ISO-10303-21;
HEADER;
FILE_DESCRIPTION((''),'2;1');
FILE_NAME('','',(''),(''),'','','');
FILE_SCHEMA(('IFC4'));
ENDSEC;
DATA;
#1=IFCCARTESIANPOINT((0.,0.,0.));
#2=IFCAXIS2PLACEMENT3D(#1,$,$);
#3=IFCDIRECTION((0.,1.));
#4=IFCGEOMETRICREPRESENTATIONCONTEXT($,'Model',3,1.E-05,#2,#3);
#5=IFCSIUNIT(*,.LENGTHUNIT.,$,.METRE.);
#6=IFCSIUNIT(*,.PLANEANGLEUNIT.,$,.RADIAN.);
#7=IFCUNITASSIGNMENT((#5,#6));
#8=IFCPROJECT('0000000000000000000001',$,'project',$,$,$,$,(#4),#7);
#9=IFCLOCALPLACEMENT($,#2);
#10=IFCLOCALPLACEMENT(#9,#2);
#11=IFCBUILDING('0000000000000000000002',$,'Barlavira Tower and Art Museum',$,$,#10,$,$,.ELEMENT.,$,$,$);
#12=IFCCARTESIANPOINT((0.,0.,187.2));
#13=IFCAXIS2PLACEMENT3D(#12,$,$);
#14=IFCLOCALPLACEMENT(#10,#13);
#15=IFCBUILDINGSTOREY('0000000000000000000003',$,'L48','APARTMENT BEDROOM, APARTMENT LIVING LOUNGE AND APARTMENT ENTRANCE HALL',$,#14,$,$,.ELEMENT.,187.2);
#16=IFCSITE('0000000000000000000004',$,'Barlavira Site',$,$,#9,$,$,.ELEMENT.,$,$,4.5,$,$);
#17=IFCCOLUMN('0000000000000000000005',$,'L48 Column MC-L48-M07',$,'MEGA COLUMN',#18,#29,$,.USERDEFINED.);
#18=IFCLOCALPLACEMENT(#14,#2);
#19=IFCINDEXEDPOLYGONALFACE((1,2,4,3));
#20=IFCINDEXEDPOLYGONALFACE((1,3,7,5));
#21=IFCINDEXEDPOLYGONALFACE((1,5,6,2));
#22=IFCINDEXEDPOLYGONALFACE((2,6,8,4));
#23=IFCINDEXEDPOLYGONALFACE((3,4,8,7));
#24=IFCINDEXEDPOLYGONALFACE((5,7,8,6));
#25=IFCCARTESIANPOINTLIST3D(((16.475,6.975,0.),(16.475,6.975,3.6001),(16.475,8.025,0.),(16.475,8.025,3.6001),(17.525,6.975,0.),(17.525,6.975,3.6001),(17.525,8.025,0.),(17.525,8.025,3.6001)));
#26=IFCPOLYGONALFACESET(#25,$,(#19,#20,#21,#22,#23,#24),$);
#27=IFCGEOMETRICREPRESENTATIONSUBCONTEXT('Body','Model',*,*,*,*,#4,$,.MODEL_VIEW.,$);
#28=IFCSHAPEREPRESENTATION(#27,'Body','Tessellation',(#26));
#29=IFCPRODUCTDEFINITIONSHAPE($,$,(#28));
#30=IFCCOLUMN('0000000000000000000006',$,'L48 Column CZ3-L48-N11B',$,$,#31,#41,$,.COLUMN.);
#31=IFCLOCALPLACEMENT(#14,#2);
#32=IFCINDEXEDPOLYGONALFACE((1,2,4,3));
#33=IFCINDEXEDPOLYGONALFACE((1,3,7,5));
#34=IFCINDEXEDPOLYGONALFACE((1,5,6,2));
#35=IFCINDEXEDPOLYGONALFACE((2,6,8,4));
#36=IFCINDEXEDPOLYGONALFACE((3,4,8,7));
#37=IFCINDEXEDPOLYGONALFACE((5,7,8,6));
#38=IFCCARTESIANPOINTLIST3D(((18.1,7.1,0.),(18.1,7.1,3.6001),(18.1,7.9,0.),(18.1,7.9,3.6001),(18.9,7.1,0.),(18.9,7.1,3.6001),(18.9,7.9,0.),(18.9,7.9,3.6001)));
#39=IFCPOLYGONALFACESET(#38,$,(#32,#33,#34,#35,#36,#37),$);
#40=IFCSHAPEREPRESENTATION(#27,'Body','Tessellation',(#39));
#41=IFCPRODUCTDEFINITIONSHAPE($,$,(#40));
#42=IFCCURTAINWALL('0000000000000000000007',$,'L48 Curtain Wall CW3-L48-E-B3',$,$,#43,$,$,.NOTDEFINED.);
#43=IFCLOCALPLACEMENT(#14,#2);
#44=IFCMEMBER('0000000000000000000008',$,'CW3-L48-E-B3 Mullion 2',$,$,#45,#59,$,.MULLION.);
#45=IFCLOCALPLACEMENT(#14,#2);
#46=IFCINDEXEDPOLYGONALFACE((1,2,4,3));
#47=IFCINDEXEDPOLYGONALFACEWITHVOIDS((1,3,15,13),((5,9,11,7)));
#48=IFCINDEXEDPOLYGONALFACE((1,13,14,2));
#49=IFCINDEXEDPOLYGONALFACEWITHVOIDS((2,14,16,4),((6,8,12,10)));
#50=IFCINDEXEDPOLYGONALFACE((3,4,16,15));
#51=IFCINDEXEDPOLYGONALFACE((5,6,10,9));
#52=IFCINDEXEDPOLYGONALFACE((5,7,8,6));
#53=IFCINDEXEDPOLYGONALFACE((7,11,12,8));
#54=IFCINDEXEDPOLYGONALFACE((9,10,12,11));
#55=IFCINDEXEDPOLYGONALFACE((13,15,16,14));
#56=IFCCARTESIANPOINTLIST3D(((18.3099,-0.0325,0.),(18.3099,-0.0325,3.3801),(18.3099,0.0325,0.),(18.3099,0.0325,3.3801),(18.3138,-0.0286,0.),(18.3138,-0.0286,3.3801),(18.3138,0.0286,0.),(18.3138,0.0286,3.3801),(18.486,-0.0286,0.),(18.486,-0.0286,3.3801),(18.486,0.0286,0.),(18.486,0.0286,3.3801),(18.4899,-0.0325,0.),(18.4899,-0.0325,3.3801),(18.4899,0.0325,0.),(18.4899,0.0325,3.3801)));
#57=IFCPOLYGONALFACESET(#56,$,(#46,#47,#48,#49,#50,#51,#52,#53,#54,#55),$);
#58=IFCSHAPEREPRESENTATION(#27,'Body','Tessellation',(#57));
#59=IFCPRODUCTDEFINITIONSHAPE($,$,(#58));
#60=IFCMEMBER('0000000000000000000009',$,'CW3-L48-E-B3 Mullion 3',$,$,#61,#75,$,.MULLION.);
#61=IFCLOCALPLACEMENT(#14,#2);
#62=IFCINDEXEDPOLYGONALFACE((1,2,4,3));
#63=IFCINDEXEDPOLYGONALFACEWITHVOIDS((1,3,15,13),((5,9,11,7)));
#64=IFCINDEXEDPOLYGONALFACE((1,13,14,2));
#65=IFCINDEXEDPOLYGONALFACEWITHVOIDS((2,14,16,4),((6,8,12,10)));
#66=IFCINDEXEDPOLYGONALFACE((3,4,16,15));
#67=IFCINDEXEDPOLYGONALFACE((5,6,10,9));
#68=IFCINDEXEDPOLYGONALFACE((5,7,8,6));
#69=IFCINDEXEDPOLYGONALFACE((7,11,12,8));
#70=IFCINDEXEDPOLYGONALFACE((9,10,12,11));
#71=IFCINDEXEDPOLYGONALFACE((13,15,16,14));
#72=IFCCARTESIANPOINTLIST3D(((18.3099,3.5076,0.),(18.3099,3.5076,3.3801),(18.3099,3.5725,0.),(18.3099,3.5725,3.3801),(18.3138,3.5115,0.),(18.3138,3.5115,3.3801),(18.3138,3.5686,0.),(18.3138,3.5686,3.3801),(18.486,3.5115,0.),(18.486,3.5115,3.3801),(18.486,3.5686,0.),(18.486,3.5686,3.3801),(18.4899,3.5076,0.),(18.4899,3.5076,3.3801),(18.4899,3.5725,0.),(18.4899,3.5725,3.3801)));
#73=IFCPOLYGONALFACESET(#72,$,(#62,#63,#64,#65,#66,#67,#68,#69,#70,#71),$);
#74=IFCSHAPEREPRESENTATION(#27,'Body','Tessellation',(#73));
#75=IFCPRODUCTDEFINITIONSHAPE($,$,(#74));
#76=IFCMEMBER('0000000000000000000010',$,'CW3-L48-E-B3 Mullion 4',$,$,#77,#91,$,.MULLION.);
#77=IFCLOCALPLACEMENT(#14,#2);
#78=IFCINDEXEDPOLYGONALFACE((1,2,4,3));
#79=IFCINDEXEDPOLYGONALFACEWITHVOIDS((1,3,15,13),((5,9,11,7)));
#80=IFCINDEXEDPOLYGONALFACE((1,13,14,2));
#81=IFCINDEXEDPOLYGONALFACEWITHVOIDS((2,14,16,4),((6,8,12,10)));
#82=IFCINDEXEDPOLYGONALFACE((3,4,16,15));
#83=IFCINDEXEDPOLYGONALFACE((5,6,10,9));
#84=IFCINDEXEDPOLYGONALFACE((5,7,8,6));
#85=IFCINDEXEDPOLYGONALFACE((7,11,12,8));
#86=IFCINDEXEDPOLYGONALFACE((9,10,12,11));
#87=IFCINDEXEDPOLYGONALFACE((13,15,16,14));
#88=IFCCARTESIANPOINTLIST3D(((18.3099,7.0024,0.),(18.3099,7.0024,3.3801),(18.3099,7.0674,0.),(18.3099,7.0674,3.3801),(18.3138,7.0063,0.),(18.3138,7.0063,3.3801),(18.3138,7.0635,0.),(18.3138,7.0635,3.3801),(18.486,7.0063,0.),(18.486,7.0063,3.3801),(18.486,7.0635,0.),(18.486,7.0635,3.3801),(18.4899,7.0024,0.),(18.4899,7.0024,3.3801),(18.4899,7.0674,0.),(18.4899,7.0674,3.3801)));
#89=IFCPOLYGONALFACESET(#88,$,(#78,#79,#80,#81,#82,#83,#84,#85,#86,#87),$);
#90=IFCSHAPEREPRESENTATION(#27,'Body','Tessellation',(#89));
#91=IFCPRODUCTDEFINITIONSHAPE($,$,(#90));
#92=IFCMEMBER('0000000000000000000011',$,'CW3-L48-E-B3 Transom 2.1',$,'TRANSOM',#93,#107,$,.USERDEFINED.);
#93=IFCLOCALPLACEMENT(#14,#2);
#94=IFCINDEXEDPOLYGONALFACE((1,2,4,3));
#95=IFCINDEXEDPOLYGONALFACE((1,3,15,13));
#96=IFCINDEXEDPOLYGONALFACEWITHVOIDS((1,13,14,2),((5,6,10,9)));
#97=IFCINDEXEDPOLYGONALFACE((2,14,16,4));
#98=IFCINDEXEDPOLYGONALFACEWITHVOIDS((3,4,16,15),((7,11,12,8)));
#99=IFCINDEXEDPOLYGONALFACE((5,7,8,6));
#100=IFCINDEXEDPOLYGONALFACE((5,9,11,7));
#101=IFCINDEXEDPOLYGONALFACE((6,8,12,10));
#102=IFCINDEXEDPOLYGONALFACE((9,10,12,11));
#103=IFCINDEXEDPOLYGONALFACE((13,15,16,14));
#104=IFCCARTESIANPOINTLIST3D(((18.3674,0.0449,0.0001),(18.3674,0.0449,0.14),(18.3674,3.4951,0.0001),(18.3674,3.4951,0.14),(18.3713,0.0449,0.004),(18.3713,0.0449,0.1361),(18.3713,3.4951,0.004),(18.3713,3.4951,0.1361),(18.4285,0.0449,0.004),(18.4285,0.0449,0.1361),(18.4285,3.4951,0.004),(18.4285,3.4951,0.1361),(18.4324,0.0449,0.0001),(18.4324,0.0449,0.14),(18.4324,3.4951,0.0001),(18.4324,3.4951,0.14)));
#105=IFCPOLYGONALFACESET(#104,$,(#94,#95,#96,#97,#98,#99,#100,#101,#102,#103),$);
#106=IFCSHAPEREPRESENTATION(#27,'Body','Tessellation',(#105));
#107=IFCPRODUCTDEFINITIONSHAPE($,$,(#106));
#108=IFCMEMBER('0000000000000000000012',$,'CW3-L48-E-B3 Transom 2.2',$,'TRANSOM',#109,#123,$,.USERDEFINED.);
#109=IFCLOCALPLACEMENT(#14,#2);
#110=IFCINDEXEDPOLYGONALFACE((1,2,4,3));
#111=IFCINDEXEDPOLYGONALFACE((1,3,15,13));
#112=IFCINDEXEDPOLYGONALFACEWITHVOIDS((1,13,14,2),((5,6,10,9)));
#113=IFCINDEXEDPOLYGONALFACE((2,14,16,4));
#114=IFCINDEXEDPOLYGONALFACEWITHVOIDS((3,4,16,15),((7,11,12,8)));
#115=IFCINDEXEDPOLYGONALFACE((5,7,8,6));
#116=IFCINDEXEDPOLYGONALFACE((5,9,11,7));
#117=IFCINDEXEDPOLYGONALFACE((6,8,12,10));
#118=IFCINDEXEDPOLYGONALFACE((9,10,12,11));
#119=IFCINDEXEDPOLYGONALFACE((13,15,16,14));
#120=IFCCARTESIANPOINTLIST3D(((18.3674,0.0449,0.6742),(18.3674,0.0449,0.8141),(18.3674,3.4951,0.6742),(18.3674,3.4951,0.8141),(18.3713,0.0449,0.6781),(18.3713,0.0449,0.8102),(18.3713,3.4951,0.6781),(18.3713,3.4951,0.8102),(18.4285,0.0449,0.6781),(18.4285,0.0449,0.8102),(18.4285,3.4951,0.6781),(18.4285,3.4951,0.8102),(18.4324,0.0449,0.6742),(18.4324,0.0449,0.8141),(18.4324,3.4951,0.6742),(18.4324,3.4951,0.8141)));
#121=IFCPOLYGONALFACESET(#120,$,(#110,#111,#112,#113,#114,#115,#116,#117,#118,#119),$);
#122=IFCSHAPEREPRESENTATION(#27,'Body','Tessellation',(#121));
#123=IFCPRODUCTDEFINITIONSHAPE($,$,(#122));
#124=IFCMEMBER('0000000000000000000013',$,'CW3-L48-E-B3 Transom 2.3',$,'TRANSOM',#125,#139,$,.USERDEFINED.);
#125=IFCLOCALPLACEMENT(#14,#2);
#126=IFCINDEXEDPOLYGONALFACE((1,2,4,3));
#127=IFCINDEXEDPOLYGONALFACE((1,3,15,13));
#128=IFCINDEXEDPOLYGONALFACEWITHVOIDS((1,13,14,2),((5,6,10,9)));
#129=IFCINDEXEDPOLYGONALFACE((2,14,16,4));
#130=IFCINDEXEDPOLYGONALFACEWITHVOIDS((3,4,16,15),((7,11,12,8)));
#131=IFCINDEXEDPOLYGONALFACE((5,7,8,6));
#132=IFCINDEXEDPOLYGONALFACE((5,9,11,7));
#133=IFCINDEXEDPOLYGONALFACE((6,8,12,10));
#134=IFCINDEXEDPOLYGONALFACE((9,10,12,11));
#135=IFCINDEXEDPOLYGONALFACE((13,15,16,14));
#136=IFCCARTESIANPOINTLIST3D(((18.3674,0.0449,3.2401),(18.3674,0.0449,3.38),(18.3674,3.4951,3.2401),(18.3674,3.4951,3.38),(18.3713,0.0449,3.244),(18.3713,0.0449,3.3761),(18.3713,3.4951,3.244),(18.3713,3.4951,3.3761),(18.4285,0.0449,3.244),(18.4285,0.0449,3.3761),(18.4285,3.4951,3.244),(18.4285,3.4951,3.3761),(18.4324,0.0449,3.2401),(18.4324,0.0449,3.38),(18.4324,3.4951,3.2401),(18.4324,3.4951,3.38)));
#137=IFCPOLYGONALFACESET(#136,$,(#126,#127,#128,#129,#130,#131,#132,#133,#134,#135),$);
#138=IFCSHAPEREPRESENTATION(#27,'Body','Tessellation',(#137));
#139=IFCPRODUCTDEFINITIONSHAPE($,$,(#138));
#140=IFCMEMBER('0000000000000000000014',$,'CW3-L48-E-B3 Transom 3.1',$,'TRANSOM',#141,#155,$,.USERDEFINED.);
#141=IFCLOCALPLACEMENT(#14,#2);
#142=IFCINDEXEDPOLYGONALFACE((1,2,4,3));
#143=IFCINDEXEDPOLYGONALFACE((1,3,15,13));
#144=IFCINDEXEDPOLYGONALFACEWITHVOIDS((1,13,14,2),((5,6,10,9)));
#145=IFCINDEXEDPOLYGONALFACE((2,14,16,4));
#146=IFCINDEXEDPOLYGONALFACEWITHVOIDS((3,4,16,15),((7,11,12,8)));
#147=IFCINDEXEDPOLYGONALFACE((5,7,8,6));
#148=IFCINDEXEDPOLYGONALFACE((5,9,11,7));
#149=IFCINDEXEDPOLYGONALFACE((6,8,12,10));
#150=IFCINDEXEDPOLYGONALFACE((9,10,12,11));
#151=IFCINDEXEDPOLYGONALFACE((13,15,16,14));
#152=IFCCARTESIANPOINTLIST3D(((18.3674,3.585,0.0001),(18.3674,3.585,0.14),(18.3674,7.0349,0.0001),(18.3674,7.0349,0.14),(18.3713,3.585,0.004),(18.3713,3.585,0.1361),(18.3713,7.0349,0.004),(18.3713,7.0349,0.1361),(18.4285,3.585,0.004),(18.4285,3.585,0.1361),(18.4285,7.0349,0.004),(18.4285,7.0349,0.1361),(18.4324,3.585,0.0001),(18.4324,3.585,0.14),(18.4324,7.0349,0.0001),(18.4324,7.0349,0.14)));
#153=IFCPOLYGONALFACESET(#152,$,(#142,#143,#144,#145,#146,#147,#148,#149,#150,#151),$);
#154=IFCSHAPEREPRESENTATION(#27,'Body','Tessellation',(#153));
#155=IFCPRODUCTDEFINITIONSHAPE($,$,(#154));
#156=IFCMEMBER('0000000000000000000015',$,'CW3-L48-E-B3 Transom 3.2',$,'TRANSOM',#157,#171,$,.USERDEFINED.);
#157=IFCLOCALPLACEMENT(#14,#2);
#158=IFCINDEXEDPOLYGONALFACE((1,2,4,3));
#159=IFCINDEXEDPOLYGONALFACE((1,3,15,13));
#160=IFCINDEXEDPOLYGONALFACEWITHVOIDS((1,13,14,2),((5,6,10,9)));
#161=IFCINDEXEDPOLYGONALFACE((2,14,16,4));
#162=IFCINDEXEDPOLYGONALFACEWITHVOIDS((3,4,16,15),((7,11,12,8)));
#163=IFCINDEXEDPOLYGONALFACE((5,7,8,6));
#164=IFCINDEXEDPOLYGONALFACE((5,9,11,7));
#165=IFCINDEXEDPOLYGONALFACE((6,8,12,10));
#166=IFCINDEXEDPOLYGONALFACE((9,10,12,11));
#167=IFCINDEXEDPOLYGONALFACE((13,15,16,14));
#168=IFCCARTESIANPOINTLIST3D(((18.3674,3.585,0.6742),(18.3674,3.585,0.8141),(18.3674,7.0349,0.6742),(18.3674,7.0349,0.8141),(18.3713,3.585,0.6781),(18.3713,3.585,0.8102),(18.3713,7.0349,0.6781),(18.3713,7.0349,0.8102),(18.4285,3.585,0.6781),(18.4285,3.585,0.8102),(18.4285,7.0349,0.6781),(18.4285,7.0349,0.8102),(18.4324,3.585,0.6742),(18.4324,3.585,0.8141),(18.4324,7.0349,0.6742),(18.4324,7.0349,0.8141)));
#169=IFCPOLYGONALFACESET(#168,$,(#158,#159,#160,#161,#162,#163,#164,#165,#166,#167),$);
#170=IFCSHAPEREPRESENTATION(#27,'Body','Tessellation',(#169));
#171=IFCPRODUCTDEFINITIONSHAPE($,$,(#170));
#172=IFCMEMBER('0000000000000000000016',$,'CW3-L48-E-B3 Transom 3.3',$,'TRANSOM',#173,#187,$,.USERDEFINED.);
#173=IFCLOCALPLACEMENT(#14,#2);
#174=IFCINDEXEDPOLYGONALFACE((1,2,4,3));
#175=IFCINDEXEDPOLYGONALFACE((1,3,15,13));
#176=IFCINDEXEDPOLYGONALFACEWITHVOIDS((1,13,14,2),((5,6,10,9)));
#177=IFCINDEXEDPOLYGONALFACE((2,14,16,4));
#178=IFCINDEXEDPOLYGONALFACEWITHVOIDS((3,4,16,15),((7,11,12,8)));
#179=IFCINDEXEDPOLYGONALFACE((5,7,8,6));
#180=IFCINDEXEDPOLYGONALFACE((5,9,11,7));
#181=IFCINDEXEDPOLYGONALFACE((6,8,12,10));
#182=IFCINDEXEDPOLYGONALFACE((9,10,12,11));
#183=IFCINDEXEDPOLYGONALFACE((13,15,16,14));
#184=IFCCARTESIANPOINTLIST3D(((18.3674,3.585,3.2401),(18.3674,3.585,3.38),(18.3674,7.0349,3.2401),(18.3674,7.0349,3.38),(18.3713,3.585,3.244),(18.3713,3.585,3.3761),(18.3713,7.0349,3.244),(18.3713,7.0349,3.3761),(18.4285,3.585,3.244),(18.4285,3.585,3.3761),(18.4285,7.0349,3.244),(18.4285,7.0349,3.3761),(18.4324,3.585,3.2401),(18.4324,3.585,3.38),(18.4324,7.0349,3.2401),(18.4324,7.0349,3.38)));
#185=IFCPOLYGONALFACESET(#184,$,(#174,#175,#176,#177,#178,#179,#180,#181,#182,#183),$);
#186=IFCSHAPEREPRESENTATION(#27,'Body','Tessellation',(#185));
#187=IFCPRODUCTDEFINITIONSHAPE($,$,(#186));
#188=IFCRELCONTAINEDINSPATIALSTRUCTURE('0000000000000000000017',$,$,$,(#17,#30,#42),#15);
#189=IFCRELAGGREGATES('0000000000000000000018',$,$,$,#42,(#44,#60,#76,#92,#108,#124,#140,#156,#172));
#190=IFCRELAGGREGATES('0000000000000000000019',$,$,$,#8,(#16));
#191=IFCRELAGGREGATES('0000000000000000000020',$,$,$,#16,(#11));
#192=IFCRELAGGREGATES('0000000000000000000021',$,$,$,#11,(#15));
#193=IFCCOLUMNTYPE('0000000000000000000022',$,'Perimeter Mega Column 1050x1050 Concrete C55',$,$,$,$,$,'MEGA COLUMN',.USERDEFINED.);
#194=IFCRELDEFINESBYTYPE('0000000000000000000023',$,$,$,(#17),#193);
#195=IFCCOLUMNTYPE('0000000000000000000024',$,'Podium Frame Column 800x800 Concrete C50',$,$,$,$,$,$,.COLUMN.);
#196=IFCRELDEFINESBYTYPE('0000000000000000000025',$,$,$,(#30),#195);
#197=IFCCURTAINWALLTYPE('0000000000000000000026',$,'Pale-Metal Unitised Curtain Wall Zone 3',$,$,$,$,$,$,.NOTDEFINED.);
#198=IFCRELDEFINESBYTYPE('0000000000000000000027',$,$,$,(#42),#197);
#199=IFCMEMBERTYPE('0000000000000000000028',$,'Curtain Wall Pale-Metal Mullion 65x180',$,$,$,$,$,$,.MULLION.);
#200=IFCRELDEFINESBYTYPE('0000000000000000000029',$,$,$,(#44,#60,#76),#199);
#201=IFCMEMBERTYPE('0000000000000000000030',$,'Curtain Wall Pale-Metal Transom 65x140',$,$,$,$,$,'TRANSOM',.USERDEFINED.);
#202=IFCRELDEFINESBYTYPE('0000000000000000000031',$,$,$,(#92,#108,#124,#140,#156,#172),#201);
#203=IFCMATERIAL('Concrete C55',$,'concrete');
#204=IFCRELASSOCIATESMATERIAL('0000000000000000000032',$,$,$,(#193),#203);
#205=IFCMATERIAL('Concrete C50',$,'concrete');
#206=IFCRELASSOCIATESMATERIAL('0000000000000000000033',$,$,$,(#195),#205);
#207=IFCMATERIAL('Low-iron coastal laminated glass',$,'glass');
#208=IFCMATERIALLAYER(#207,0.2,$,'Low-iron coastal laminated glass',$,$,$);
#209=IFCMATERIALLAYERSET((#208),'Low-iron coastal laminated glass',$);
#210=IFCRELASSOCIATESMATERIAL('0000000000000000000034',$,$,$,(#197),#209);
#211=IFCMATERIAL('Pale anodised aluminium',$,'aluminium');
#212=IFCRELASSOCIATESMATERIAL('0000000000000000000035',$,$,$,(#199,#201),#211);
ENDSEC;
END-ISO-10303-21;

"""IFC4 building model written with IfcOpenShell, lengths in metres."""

from ifc_helpers import new_model, si_unit, direction, frame, origin, origin_2d, place, context, subcontext, project, spatial, rectangle, hollow_rectangle, extrude, material, layer, layer_set, material_profile, profile_set, type_object, element, aggregate, save


model = new_model("IFC4")

# Units and contexts
model_context = context("Model", 3, precision=1e-05, world=origin(), true_north=direction((0.0, 1.0)))
body_context = subcontext(model_context, "Body", "Model", "MODEL_VIEW")
ifc_project = project(units=[si_unit("LENGTHUNIT", "METRE"), si_unit("PLANEANGLEUNIT", "RADIAN")], contexts=[model_context])

# Site, building, storey
site_placement = place(None, origin())
site = spatial("IfcSite", under=ifc_project, at=site_placement, Name="Barlavira Site", CompositionType="ELEMENT", RefElevation=4.5)
building_placement = place(site_placement, origin())
building = spatial("IfcBuilding", under=site, at=building_placement, Name="Barlavira Tower and Art Museum", CompositionType="ELEMENT")
storey_placement = place(building_placement, frame((0.0, 0.0, 187.2)))
storey = spatial("IfcBuildingStorey", under=building, at=storey_placement, Name="L48", Description="APARTMENT BEDROOM, APARTMENT LIVING LOUNGE AND APARTMENT ENTRANCE HALL", CompositionType="ELEMENT", Elevation=187.2)

# Columns
ifc_material_1 = material(Name="Concrete C55", Category="concrete")
ifc_material_profile_1 = material_profile(ifc_material_1, rectangle(XDim=1.05, YDim=1.05, at=origin_2d()), Name="RC-COL 1050x1050")
ifc_profile_set_1 = profile_set([ifc_material_profile_1], Name="Concrete C55")
column_type_1 = type_object("IfcColumnType", Name="Perimeter Mega Column 1050x1050 Concrete C55", ElementType="MEGA COLUMN", PredefinedType="USERDEFINED", material=ifc_profile_set_1)
column_1_placement = place(storey_placement, frame((17.0, 7.5, 0.0), z_axis=(0.0, 0.0, 1.0), x_axis=(1.0, 0.0, 0.0)))
element("IfcColumn", 1, at=column_1_placement, inside=storey, type_object=column_type_1, Name="L48 Column MC-L48-M07", ObjectType="MEGA COLUMN", PredefinedType="USERDEFINED", context=body_context, shape_type="SweptSolid", body=[
    extrude(rectangle(XDim=1.05, YDim=1.05, at=origin_2d()), origin(), (0.0, 0.0, 1.0), 3.6001),
])
ifc_material_2 = material(Name="Concrete C50", Category="concrete")
ifc_material_profile_2 = material_profile(ifc_material_2, rectangle(XDim=0.8, YDim=0.8, at=origin_2d()), Name="RC-COL 800x800")
ifc_profile_set_2 = profile_set([ifc_material_profile_2], Name="Concrete C50")
column_type_2 = type_object("IfcColumnType", Name="Podium Frame Column 800x800 Concrete C50", PredefinedType="COLUMN", material=ifc_profile_set_2)
column_2_placement = place(storey_placement, frame((18.5, 7.5, 0.0), z_axis=(0.0, 0.0, 1.0), x_axis=(1.0, 0.0, 0.0)))
element("IfcColumn", 2, at=column_2_placement, inside=storey, type_object=column_type_2, Name="L48 Column CZ3-L48-N11B", PredefinedType="COLUMN", context=body_context, shape_type="SweptSolid", body=[
    extrude(rectangle(XDim=0.8, YDim=0.8, at=origin_2d()), origin(), (0.0, 0.0, 1.0), 3.6001),
])

# Curtain wall, members
ifc_material_3 = material(Name="Low-iron coastal laminated glass", Category="glass")
ifc_layer_1 = layer(ifc_material_3, 0.2, Name="Low-iron coastal laminated glass")
ifc_layer_set_1 = layer_set([ifc_layer_1], Name="Low-iron coastal laminated glass")
curtain_wall_type = type_object("IfcCurtainWallType", Name="Pale-Metal Unitised Curtain Wall Zone 3", PredefinedType="NOTDEFINED", material=ifc_layer_set_1)
curtain_wall_placement = place(storey_placement, origin())
curtain_wall = element("IfcCurtainWall", 3, at=curtain_wall_placement, inside=storey, type_object=curtain_wall_type, Name="L48 Curtain Wall CW3-L48-E-B3", PredefinedType="NOTDEFINED")
ifc_material_4 = material(Name="Pale anodised aluminium", Category="aluminium")
ifc_material_profile_3 = material_profile(ifc_material_4, hollow_rectangle(XDim=0.0649, YDim=0.1799, WallThickness=0.0039, at=origin_2d()), Name="ALU-MULL 65x180x4")
ifc_profile_set_3 = profile_set([ifc_material_profile_3], Name="Pale anodised aluminium")
member_type_1 = type_object("IfcMemberType", Name="Curtain Wall Pale-Metal Mullion 65x180", PredefinedType="MULLION", material=ifc_profile_set_3)
member_1_placement = place(storey_placement, frame((18.3999, 0.0, 0.0), z_axis=(0.0, 0.0, 1.0), x_axis=(0.0, 1.0, 0.0)))
member_1 = element("IfcMember", 4, at=member_1_placement, type_object=member_type_1, Name="CW3-L48-E-B3 Mullion 2", PredefinedType="MULLION", context=body_context, shape_type="SweptSolid", body=[
    extrude(hollow_rectangle(XDim=0.0649, YDim=0.1799, WallThickness=0.0039, at=origin_2d()), origin(), (0.0, 0.0, 1.0), 3.3801),
])
member_2_placement = place(storey_placement, frame((18.3999, 3.54, 0.0), z_axis=(0.0, 0.0, 1.0), x_axis=(0.0, 1.0, 0.0)))
member_2 = element("IfcMember", 5, at=member_2_placement, type_object=member_type_1, Name="CW3-L48-E-B3 Mullion 3", PredefinedType="MULLION", context=body_context, shape_type="SweptSolid", body=[
    extrude(hollow_rectangle(XDim=0.0649, YDim=0.1799, WallThickness=0.0039, at=origin_2d()), origin(), (0.0, 0.0, 1.0), 3.3801),
])
member_3_placement = place(storey_placement, frame((18.3999, 7.0349, 0.0), z_axis=(0.0, 0.0, 1.0), x_axis=(0.0, 1.0, 0.0)))
member_3 = element("IfcMember", 6, at=member_3_placement, type_object=member_type_1, Name="CW3-L48-E-B3 Mullion 4", PredefinedType="MULLION", context=body_context, shape_type="SweptSolid", body=[
    extrude(hollow_rectangle(XDim=0.0649, YDim=0.1799, WallThickness=0.0039, at=origin_2d()), origin(), (0.0, 0.0, 1.0), 3.3801),
])
ifc_material_profile_4 = material_profile(ifc_material_4, hollow_rectangle(XDim=0.0649, YDim=0.1399, WallThickness=0.0039, at=origin_2d()), Name="ALU-TRAN 65x140x4")
ifc_profile_set_4 = profile_set([ifc_material_profile_4], Name="Pale anodised aluminium")
member_type_2 = type_object("IfcMemberType", Name="Curtain Wall Pale-Metal Transom 65x140", ElementType="TRANSOM", PredefinedType="USERDEFINED", material=ifc_profile_set_4)
member_4_placement = place(storey_placement, frame((18.3999, 0.0449, 0.0701), z_axis=(0.0, 1.0, 0.0), x_axis=(-1.0, 0.0, 0.0)))
member_4 = element("IfcMember", 7, at=member_4_placement, type_object=member_type_2, Name="CW3-L48-E-B3 Transom 2.1", ObjectType="TRANSOM", PredefinedType="USERDEFINED", context=body_context, shape_type="SweptSolid", body=[
    extrude(hollow_rectangle(XDim=0.0649, YDim=0.1399, WallThickness=0.0039, at=origin_2d()), origin(), (0.0, 0.0, 1.0), 3.4502),
])
member_5_placement = place(storey_placement, frame((18.3999, 0.0449, 0.7441), z_axis=(0.0, 1.0, 0.0), x_axis=(-1.0, 0.0, 0.0)))
member_5 = element("IfcMember", 8, at=member_5_placement, type_object=member_type_2, Name="CW3-L48-E-B3 Transom 2.2", ObjectType="TRANSOM", PredefinedType="USERDEFINED", context=body_context, shape_type="SweptSolid", body=[
    extrude(hollow_rectangle(XDim=0.0649, YDim=0.1399, WallThickness=0.0039, at=origin_2d()), origin(), (0.0, 0.0, 1.0), 3.4502),
])
member_6_placement = place(storey_placement, frame((18.3999, 0.0449, 3.3101), z_axis=(0.0, 1.0, 0.0), x_axis=(-1.0, 0.0, 0.0)))
member_6 = element("IfcMember", 9, at=member_6_placement, type_object=member_type_2, Name="CW3-L48-E-B3 Transom 2.3", ObjectType="TRANSOM", PredefinedType="USERDEFINED", context=body_context, shape_type="SweptSolid", body=[
    extrude(hollow_rectangle(XDim=0.0649, YDim=0.1399, WallThickness=0.0039, at=origin_2d()), origin(), (0.0, 0.0, 1.0), 3.4502),
])
member_7_placement = place(storey_placement, frame((18.3999, 3.585, 0.0701), z_axis=(0.0, 1.0, 0.0), x_axis=(-1.0, 0.0, 0.0)))
member_7 = element("IfcMember", 10, at=member_7_placement, type_object=member_type_2, Name="CW3-L48-E-B3 Transom 3.1", ObjectType="TRANSOM", PredefinedType="USERDEFINED", context=body_context, shape_type="SweptSolid", body=[
    extrude(hollow_rectangle(XDim=0.0649, YDim=0.1399, WallThickness=0.0039, at=origin_2d()), origin(), (0.0, 0.0, 1.0), 3.45),
])
member_8_placement = place(storey_placement, frame((18.3999, 3.585, 0.7441), z_axis=(0.0, 1.0, 0.0), x_axis=(-1.0, 0.0, 0.0)))
member_8 = element("IfcMember", 11, at=member_8_placement, type_object=member_type_2, Name="CW3-L48-E-B3 Transom 3.2", ObjectType="TRANSOM", PredefinedType="USERDEFINED", context=body_context, shape_type="SweptSolid", body=[
    extrude(hollow_rectangle(XDim=0.0649, YDim=0.1399, WallThickness=0.0039, at=origin_2d()), origin(), (0.0, 0.0, 1.0), 3.45),
])
member_9_placement = place(storey_placement, frame((18.3999, 3.585, 3.3101), z_axis=(0.0, 1.0, 0.0), x_axis=(-1.0, 0.0, 0.0)))
member_9 = element("IfcMember", 12, at=member_9_placement, type_object=member_type_2, Name="CW3-L48-E-B3 Transom 3.3", ObjectType="TRANSOM", PredefinedType="USERDEFINED", context=body_context, shape_type="SweptSolid", body=[
    extrude(hollow_rectangle(XDim=0.0649, YDim=0.1399, WallThickness=0.0039, at=origin_2d()), origin(), (0.0, 0.0, 1.0), 3.45),
])

aggregate(curtain_wall, [member_1, member_2, member_3, member_4, member_5, member_6, member_7, member_8, member_9])

save(model, "model.ifc")
